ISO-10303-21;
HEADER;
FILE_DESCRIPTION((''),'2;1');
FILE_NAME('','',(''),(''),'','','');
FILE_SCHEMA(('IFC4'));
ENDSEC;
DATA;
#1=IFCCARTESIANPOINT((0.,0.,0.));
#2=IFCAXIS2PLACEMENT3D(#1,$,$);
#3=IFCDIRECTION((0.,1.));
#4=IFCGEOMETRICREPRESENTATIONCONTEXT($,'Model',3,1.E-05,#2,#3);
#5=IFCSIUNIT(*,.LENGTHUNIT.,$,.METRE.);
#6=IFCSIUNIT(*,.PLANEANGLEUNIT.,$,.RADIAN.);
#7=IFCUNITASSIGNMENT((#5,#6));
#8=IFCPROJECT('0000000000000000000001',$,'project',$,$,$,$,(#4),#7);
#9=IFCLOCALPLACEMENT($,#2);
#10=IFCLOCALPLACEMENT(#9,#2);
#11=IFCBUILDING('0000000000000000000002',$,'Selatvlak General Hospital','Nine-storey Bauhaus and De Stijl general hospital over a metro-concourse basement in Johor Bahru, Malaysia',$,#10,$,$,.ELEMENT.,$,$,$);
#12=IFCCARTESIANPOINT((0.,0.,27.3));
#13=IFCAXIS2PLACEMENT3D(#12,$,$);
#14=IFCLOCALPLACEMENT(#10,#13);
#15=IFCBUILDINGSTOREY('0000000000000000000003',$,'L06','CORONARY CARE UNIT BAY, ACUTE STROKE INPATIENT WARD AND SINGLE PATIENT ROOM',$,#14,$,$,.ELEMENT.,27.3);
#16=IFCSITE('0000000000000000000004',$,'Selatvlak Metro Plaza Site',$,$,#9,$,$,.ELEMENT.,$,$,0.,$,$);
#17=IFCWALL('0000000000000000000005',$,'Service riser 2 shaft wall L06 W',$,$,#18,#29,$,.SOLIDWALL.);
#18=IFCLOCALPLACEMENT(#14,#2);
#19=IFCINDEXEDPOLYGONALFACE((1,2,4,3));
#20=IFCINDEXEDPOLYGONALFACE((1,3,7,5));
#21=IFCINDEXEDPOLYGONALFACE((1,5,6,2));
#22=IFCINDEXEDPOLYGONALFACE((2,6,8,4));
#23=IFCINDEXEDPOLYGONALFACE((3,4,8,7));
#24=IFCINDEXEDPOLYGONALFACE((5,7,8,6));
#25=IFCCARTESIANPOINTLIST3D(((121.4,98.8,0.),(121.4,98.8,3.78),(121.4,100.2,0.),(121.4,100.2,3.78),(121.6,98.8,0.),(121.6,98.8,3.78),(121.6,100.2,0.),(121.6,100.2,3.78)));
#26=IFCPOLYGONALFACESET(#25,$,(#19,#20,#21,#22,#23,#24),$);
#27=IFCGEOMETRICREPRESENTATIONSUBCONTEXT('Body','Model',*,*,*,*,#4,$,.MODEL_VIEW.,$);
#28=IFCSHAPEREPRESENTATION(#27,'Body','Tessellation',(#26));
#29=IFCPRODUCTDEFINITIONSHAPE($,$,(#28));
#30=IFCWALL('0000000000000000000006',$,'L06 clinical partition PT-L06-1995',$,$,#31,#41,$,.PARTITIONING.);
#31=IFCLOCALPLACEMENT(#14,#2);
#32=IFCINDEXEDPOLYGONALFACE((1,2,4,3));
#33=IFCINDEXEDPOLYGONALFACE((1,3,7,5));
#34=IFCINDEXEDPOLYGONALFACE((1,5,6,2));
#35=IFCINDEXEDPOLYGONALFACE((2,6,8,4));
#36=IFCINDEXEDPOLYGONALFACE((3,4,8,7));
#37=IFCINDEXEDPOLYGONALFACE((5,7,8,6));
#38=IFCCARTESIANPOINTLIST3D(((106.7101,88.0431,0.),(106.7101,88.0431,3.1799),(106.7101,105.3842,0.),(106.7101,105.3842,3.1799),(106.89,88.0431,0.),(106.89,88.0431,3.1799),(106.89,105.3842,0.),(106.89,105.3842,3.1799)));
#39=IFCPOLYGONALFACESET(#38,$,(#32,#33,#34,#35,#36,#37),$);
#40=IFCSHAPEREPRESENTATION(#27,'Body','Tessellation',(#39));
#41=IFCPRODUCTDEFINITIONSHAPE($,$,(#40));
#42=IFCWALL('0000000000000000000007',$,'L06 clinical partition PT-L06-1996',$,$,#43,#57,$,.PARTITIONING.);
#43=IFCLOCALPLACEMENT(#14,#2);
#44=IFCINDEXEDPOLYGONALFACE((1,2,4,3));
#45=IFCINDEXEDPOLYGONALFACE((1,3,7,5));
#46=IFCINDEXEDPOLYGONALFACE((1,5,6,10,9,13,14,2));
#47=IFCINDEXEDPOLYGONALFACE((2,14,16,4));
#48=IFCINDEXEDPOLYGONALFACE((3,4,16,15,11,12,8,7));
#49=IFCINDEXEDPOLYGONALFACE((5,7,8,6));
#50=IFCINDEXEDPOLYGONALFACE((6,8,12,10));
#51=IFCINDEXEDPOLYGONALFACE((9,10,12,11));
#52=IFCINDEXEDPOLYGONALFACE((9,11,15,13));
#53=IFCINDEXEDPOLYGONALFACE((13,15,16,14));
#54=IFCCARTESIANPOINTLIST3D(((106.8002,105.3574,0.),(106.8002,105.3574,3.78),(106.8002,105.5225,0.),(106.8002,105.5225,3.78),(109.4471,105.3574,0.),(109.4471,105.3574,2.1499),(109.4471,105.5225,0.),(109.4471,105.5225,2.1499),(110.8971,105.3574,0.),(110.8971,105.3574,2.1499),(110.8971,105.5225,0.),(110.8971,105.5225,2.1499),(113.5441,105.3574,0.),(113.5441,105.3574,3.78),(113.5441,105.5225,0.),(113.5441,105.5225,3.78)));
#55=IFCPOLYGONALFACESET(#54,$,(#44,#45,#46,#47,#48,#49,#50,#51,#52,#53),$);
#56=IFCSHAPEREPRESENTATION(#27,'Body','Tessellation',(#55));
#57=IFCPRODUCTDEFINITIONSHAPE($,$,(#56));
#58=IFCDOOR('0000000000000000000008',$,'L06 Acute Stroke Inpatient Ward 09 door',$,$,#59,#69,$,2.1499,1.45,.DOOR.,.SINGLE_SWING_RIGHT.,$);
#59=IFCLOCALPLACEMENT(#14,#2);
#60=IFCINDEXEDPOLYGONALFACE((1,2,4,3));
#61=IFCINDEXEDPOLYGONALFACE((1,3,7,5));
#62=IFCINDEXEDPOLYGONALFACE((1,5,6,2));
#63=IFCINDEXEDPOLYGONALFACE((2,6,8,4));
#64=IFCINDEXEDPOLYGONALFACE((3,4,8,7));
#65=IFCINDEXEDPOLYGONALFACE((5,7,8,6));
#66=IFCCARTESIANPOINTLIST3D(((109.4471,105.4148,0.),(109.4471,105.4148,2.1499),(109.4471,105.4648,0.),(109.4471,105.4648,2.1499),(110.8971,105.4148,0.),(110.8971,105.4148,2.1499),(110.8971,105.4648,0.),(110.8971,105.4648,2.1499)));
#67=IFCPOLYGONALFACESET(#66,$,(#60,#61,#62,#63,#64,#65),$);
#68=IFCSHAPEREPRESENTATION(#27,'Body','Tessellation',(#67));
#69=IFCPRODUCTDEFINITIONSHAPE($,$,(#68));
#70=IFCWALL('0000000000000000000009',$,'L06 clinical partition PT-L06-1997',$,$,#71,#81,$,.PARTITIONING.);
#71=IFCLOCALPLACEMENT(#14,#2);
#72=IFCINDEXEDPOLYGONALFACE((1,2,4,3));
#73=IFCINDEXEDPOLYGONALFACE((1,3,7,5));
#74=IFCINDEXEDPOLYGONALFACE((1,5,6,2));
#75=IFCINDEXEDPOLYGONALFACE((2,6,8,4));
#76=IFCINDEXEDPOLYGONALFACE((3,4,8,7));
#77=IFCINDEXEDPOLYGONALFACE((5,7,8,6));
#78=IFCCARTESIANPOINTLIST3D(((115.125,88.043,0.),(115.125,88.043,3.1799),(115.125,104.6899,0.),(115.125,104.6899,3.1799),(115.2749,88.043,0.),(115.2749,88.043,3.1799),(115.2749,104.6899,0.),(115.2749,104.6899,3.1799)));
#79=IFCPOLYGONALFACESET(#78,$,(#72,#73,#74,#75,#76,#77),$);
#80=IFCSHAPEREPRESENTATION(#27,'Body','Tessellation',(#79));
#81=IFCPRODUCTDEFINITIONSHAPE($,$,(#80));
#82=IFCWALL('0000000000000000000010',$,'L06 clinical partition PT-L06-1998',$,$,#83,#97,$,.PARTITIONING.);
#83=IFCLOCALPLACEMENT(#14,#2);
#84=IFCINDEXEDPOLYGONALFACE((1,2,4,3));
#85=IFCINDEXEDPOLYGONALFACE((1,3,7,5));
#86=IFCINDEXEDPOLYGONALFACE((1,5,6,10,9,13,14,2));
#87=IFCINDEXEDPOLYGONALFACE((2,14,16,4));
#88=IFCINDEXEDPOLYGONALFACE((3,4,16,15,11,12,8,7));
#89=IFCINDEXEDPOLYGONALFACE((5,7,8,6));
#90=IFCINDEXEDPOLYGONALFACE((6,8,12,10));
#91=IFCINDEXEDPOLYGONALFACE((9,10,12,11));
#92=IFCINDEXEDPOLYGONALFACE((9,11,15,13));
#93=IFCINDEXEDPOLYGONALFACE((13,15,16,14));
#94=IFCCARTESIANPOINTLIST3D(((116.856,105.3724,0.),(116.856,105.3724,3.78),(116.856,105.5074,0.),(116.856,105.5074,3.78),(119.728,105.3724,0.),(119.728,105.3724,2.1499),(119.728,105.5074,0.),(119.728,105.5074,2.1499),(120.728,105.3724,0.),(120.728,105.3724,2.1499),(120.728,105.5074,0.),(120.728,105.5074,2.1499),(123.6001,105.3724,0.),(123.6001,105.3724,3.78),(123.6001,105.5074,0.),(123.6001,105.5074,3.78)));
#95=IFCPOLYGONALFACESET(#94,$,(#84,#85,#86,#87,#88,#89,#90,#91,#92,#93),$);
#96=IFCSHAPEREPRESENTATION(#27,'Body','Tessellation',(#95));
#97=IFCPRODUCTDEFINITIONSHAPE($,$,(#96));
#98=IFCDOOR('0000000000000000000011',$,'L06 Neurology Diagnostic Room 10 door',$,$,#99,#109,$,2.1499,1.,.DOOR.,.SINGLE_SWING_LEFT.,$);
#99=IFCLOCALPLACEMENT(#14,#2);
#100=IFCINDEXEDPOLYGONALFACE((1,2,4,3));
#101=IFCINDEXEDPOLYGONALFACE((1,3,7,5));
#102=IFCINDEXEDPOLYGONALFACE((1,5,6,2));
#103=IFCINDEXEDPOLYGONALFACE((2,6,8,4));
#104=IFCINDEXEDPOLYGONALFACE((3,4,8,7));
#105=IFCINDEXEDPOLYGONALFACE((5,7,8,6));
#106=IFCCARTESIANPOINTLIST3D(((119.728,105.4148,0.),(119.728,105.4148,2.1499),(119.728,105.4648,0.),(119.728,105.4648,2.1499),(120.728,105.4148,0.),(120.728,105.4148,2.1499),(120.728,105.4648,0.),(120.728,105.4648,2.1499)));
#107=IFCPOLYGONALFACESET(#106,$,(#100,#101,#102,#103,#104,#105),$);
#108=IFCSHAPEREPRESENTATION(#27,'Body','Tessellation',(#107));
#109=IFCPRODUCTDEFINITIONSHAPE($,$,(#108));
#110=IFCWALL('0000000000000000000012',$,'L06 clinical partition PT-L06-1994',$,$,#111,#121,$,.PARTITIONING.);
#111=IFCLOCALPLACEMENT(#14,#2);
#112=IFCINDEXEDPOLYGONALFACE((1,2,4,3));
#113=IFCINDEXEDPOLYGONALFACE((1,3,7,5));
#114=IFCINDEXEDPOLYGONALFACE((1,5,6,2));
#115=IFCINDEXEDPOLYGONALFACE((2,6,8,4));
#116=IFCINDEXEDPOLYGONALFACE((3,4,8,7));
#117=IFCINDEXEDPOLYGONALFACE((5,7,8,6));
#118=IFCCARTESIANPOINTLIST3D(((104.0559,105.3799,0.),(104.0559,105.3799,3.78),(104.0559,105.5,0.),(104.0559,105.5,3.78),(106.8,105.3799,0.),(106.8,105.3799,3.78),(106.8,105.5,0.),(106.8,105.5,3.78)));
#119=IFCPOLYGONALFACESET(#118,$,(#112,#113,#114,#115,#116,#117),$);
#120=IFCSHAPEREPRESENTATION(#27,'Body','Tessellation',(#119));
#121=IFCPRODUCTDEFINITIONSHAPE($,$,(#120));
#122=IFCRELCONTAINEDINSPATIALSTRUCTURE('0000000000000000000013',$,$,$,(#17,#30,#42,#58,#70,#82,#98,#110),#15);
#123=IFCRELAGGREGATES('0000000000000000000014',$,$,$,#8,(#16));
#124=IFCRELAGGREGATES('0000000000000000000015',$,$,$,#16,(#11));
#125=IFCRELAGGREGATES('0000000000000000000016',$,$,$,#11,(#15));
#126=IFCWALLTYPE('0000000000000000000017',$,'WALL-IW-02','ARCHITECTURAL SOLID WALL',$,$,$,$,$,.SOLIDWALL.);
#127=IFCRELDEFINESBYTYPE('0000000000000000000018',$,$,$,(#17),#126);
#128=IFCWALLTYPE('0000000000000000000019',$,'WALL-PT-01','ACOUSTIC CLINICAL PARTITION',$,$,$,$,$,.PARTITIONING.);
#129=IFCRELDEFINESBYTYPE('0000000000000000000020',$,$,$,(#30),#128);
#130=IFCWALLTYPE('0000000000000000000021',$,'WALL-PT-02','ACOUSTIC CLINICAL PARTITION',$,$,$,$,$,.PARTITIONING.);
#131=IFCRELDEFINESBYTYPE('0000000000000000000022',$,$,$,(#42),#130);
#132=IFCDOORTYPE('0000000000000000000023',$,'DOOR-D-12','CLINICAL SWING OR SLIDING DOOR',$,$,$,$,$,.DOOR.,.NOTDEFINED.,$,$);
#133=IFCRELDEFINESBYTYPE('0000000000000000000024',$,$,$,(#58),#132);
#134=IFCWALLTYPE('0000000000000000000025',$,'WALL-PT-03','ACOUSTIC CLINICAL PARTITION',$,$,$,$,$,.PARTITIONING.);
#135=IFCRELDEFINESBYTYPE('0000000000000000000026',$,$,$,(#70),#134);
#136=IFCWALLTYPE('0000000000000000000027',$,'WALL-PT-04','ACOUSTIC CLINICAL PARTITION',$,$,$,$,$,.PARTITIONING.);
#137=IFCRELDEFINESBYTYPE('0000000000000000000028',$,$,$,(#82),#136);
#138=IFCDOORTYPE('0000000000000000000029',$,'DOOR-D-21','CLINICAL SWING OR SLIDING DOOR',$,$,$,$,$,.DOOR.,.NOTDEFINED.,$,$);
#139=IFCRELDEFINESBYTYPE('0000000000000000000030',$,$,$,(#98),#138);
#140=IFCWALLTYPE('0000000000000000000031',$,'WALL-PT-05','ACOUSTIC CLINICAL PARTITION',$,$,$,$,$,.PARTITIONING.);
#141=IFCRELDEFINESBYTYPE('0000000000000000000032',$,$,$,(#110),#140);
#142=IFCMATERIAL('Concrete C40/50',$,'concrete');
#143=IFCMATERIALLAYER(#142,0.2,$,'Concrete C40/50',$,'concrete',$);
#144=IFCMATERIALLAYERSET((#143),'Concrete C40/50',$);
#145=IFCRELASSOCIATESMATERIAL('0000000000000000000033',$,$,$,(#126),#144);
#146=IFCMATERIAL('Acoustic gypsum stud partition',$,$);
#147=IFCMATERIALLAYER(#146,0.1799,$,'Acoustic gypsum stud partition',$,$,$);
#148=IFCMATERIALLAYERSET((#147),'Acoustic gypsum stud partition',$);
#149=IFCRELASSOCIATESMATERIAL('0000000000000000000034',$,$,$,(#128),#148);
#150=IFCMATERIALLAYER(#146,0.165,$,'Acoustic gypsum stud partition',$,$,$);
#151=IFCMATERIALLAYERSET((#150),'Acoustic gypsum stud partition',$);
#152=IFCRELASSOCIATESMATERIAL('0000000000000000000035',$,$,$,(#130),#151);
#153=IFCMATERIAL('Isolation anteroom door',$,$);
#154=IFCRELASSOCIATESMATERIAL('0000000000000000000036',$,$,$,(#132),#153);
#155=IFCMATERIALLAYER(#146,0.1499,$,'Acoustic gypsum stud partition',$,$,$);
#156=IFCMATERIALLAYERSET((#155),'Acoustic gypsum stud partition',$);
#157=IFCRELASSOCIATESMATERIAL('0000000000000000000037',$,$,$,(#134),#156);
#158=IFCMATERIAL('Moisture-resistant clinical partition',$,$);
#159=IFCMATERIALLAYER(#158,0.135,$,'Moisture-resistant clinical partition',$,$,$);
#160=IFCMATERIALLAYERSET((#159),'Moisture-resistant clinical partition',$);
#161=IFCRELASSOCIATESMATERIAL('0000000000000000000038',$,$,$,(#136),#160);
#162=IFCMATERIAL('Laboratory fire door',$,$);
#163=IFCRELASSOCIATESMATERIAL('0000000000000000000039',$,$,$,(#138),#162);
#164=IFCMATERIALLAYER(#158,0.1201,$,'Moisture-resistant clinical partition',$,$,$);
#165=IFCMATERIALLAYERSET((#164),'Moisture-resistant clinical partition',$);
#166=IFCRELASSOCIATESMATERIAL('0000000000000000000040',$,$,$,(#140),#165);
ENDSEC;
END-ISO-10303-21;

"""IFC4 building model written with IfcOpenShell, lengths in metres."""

from ifc_helpers import new_model, si_unit, direction, frame, frame_2d, origin, place, context, subcontext, project, spatial, rectangle, extrude, material, layer, layer_set, type_object, element, fill, save


model = new_model("IFC4")

# Units and contexts
model_context = context("Model", 3, precision=1e-05, world=origin(), true_north=direction((0.0, 1.0)))
body_context = subcontext(model_context, "Body", "Model", "MODEL_VIEW")
ifc_project = project(units=[si_unit("LENGTHUNIT", "METRE"), si_unit("PLANEANGLEUNIT", "RADIAN")], contexts=[model_context])

# Site, building, storey
site_placement = place(None, origin())
site = spatial("IfcSite", under=ifc_project, at=site_placement, Name="Selatvlak Metro Plaza Site", CompositionType="ELEMENT", RefElevation=0.0)
building_placement = place(site_placement, origin())
building = spatial("IfcBuilding", under=site, at=building_placement, Name="Selatvlak General Hospital", Description="Nine-storey Bauhaus and De Stijl general hospital over a metro-concourse basement in Johor Bahru, Malaysia", CompositionType="ELEMENT")
storey_placement = place(building_placement, frame((0.0, 0.0, 27.3)))
storey = spatial("IfcBuildingStorey", under=building, at=storey_placement, Name="L06", Description="CORONARY CARE UNIT BAY, ACUTE STROKE INPATIENT WARD AND SINGLE PATIENT ROOM", CompositionType="ELEMENT", Elevation=27.3)

# Shared definitions
ifc_material_1 = material(Name="Concrete C40/50", Category="concrete")

# Walls
ifc_layer_1 = layer(ifc_material_1, 0.2, Name="Concrete C40/50", Category="concrete")
ifc_layer_set_1 = layer_set([ifc_layer_1], Name="Concrete C40/50")
wall_type_1 = type_object("IfcWallType", Name="WALL-IW-02", Description="ARCHITECTURAL SOLID WALL", PredefinedType="SOLIDWALL", material=ifc_layer_set_1)
wall_1_placement = place(storey_placement, frame((121.5, 100.2, 0.0), z_axis=(0.0, 0.0, 1.0), x_axis=(0.0, -1.0, 0.0)))
element("IfcWall", 1, at=wall_1_placement, inside=storey, type_object=wall_type_1, Name="Service riser 2 shaft wall L06 W", PredefinedType="SOLIDWALL", context=body_context, shape_type="SweptSolid", body=[
    extrude(rectangle(XDim=1.3999, YDim=0.2, at=frame_2d((0.7, 0.0))), origin(), (0.0, 0.0, 1.0), 3.78),
])
ifc_material_2 = material(Name="Acoustic gypsum stud partition")
ifc_layer_2 = layer(ifc_material_2, 0.1799, Name="Acoustic gypsum stud partition")
ifc_layer_set_2 = layer_set([ifc_layer_2], Name="Acoustic gypsum stud partition")
wall_type_2 = type_object("IfcWallType", Name="WALL-PT-01", Description="ACOUSTIC CLINICAL PARTITION", PredefinedType="PARTITIONING", material=ifc_layer_set_2)
wall_2_placement = place(storey_placement, frame((106.8, 105.384, 0.0), z_axis=(0.0, 0.0, 1.0), x_axis=(0.0, -1.0, 0.0)))
element("IfcWall", 2, at=wall_2_placement, inside=storey, type_object=wall_type_2, Name="L06 clinical partition PT-L06-1995", PredefinedType="PARTITIONING", context=body_context, shape_type="SweptSolid", body=[
    extrude(rectangle(XDim=17.3411, YDim=0.1799, at=frame_2d((8.6704, 0.0))), origin(), (0.0, 0.0, 1.0), 3.1799),
])

# Wall, opening, door
ifc_layer_3 = layer(ifc_material_2, 0.165, Name="Acoustic gypsum stud partition")
ifc_layer_set_3 = layer_set([ifc_layer_3], Name="Acoustic gypsum stud partition")
wall_type_3 = type_object("IfcWallType", Name="WALL-PT-02", Description="ACOUSTIC CLINICAL PARTITION", PredefinedType="PARTITIONING", material=ifc_layer_set_3)
wall_3_placement = place(storey_placement, frame((106.8, 105.4399, 0.0), z_axis=(0.0, 0.0, 1.0), x_axis=(1.0, 0.0, 0.0)))
wall_3 = element("IfcWall", 3, at=wall_3_placement, inside=storey, type_object=wall_type_3, Name="L06 clinical partition PT-L06-1996", PredefinedType="PARTITIONING", context=body_context, shape_type="SweptSolid", body=[
    extrude(rectangle(XDim=6.7439, YDim=0.165, at=frame_2d((3.3721, 0.0))), origin(), (0.0, 0.0, 1.0), 3.78),
])
opening_1_placement = place(wall_3_placement, frame((2.647, 0.0, 0.0)))
opening_1 = element("IfcOpeningElement", 4, at=opening_1_placement, cuts=wall_3, PredefinedType="OPENING", context=body_context, shape_type="SweptSolid", body=[
    extrude(rectangle(XDim=1.45, YDim=2.1499, at=frame_2d((0.7251, 1.075))), frame((0.0, 0.0925, 0.0), z_axis=(0.0, -1.0, 0.0), x_axis=(1.0, 0.0, 0.0)), (0.0, 0.0, 1.0), 0.1851),
])
ifc_material_3 = material(Name="Isolation anteroom door")
door_type_1 = type_object("IfcDoorType", Name="DOOR-D-12", Description="CLINICAL SWING OR SLIDING DOOR", OperationType="NOTDEFINED", PredefinedType="DOOR", material=ifc_material_3)
door_1_placement = place(opening_1_placement, origin())
door_1 = element("IfcDoor", 5, at=door_1_placement, inside=storey, type_object=door_type_1, Name="L06 Acute Stroke Inpatient Ward 09 door", OperationType="SINGLE_SWING_RIGHT", OverallHeight=2.1499, OverallWidth=1.45, PredefinedType="DOOR", context=body_context, shape_type="SweptSolid", body=[
    extrude(rectangle(XDim=1.45, YDim=2.1499, at=frame_2d((0.7251, 1.075))), frame((0.0, 0.0249, 0.0), z_axis=(0.0, -1.0, 0.0), x_axis=(1.0, 0.0, 0.0)), (0.0, 0.0, 1.0), 0.05),
])
fill(opening_1, door_1)

# Wall
ifc_layer_4 = layer(ifc_material_2, 0.1499, Name="Acoustic gypsum stud partition")
ifc_layer_set_4 = layer_set([ifc_layer_4], Name="Acoustic gypsum stud partition")
wall_type_4 = type_object("IfcWallType", Name="WALL-PT-03", Description="ACOUSTIC CLINICAL PARTITION", PredefinedType="PARTITIONING", material=ifc_layer_set_4)
wall_4_placement = place(storey_placement, frame((115.2, 104.6899, 0.0), z_axis=(0.0, 0.0, 1.0), x_axis=(0.0, -1.0, 0.0)))
element("IfcWall", 6, at=wall_4_placement, inside=storey, type_object=wall_type_4, Name="L06 clinical partition PT-L06-1997", PredefinedType="PARTITIONING", context=body_context, shape_type="SweptSolid", body=[
    extrude(rectangle(XDim=16.647, YDim=0.1499, at=frame_2d((8.3235, 0.0))), origin(), (0.0, 0.0, 1.0), 3.1799),
])

# Wall, opening, door
ifc_material_4 = material(Name="Moisture-resistant clinical partition")
ifc_layer_5 = layer(ifc_material_4, 0.135, Name="Moisture-resistant clinical partition")
ifc_layer_set_5 = layer_set([ifc_layer_5], Name="Moisture-resistant clinical partition")
wall_type_5 = type_object("IfcWallType", Name="WALL-PT-04", Description="ACOUSTIC CLINICAL PARTITION", PredefinedType="PARTITIONING", material=ifc_layer_set_5)
wall_5_placement = place(storey_placement, frame((116.856, 105.4399, 0.0), z_axis=(0.0, 0.0, 1.0), x_axis=(1.0, 0.0, 0.0)))
wall_5 = element("IfcWall", 7, at=wall_5_placement, inside=storey, type_object=wall_type_5, Name="L06 clinical partition PT-L06-1998", PredefinedType="PARTITIONING", context=body_context, shape_type="SweptSolid", body=[
    extrude(rectangle(XDim=6.7441, YDim=0.135, at=frame_2d((3.3721, 0.0))), origin(), (0.0, 0.0, 1.0), 3.78),
])
opening_2_placement = place(wall_5_placement, frame((2.8721, 0.0, 0.0)))
opening_2 = element("IfcOpeningElement", 8, at=opening_2_placement, cuts=wall_5, PredefinedType="OPENING", context=body_context, shape_type="SweptSolid", body=[
    extrude(rectangle(XDim=1.0, YDim=2.1499, at=frame_2d((0.5, 1.075))), frame((0.0, 0.0774, 0.0), z_axis=(0.0, -1.0, 0.0), x_axis=(1.0, 0.0, 0.0)), (0.0, 0.0, 1.0), 0.155),
])
ifc_material_5 = material(Name="Laboratory fire door")
door_type_2 = type_object("IfcDoorType", Name="DOOR-D-21", Description="CLINICAL SWING OR SLIDING DOOR", OperationType="NOTDEFINED", PredefinedType="DOOR", material=ifc_material_5)
door_2_placement = place(opening_2_placement, origin())
door_2 = element("IfcDoor", 9, at=door_2_placement, inside=storey, type_object=door_type_2, Name="L06 Neurology Diagnostic Room 10 door", OperationType="SINGLE_SWING_LEFT", OverallHeight=2.1499, OverallWidth=1.0, PredefinedType="DOOR", context=body_context, shape_type="SweptSolid", body=[
    extrude(rectangle(XDim=1.0, YDim=2.1499, at=frame_2d((0.5, 1.075))), frame((0.0, 0.0249, 0.0), z_axis=(0.0, -1.0, 0.0), x_axis=(1.0, 0.0, 0.0)), (0.0, 0.0, 1.0), 0.05),
])
fill(opening_2, door_2)

# Wall
ifc_layer_6 = layer(ifc_material_4, 0.1201, Name="Moisture-resistant clinical partition")
ifc_layer_set_6 = layer_set([ifc_layer_6], Name="Moisture-resistant clinical partition")
wall_type_6 = type_object("IfcWallType", Name="WALL-PT-05", Description="ACOUSTIC CLINICAL PARTITION", PredefinedType="PARTITIONING", material=ifc_layer_set_6)
wall_6_placement = place(storey_placement, frame((104.0559, 105.4399, 0.0), z_axis=(0.0, 0.0, 1.0), x_axis=(1.0, 0.0, 0.0)))
element("IfcWall", 10, at=wall_6_placement, inside=storey, type_object=wall_type_6, Name="L06 clinical partition PT-L06-1994", PredefinedType="PARTITIONING", context=body_context, shape_type="SweptSolid", body=[
    extrude(rectangle(XDim=2.7441, YDim=0.1201, at=frame_2d((1.3721, 0.0))), origin(), (0.0, 0.0, 1.0), 3.78),
])

save(model, "model.ifc")
